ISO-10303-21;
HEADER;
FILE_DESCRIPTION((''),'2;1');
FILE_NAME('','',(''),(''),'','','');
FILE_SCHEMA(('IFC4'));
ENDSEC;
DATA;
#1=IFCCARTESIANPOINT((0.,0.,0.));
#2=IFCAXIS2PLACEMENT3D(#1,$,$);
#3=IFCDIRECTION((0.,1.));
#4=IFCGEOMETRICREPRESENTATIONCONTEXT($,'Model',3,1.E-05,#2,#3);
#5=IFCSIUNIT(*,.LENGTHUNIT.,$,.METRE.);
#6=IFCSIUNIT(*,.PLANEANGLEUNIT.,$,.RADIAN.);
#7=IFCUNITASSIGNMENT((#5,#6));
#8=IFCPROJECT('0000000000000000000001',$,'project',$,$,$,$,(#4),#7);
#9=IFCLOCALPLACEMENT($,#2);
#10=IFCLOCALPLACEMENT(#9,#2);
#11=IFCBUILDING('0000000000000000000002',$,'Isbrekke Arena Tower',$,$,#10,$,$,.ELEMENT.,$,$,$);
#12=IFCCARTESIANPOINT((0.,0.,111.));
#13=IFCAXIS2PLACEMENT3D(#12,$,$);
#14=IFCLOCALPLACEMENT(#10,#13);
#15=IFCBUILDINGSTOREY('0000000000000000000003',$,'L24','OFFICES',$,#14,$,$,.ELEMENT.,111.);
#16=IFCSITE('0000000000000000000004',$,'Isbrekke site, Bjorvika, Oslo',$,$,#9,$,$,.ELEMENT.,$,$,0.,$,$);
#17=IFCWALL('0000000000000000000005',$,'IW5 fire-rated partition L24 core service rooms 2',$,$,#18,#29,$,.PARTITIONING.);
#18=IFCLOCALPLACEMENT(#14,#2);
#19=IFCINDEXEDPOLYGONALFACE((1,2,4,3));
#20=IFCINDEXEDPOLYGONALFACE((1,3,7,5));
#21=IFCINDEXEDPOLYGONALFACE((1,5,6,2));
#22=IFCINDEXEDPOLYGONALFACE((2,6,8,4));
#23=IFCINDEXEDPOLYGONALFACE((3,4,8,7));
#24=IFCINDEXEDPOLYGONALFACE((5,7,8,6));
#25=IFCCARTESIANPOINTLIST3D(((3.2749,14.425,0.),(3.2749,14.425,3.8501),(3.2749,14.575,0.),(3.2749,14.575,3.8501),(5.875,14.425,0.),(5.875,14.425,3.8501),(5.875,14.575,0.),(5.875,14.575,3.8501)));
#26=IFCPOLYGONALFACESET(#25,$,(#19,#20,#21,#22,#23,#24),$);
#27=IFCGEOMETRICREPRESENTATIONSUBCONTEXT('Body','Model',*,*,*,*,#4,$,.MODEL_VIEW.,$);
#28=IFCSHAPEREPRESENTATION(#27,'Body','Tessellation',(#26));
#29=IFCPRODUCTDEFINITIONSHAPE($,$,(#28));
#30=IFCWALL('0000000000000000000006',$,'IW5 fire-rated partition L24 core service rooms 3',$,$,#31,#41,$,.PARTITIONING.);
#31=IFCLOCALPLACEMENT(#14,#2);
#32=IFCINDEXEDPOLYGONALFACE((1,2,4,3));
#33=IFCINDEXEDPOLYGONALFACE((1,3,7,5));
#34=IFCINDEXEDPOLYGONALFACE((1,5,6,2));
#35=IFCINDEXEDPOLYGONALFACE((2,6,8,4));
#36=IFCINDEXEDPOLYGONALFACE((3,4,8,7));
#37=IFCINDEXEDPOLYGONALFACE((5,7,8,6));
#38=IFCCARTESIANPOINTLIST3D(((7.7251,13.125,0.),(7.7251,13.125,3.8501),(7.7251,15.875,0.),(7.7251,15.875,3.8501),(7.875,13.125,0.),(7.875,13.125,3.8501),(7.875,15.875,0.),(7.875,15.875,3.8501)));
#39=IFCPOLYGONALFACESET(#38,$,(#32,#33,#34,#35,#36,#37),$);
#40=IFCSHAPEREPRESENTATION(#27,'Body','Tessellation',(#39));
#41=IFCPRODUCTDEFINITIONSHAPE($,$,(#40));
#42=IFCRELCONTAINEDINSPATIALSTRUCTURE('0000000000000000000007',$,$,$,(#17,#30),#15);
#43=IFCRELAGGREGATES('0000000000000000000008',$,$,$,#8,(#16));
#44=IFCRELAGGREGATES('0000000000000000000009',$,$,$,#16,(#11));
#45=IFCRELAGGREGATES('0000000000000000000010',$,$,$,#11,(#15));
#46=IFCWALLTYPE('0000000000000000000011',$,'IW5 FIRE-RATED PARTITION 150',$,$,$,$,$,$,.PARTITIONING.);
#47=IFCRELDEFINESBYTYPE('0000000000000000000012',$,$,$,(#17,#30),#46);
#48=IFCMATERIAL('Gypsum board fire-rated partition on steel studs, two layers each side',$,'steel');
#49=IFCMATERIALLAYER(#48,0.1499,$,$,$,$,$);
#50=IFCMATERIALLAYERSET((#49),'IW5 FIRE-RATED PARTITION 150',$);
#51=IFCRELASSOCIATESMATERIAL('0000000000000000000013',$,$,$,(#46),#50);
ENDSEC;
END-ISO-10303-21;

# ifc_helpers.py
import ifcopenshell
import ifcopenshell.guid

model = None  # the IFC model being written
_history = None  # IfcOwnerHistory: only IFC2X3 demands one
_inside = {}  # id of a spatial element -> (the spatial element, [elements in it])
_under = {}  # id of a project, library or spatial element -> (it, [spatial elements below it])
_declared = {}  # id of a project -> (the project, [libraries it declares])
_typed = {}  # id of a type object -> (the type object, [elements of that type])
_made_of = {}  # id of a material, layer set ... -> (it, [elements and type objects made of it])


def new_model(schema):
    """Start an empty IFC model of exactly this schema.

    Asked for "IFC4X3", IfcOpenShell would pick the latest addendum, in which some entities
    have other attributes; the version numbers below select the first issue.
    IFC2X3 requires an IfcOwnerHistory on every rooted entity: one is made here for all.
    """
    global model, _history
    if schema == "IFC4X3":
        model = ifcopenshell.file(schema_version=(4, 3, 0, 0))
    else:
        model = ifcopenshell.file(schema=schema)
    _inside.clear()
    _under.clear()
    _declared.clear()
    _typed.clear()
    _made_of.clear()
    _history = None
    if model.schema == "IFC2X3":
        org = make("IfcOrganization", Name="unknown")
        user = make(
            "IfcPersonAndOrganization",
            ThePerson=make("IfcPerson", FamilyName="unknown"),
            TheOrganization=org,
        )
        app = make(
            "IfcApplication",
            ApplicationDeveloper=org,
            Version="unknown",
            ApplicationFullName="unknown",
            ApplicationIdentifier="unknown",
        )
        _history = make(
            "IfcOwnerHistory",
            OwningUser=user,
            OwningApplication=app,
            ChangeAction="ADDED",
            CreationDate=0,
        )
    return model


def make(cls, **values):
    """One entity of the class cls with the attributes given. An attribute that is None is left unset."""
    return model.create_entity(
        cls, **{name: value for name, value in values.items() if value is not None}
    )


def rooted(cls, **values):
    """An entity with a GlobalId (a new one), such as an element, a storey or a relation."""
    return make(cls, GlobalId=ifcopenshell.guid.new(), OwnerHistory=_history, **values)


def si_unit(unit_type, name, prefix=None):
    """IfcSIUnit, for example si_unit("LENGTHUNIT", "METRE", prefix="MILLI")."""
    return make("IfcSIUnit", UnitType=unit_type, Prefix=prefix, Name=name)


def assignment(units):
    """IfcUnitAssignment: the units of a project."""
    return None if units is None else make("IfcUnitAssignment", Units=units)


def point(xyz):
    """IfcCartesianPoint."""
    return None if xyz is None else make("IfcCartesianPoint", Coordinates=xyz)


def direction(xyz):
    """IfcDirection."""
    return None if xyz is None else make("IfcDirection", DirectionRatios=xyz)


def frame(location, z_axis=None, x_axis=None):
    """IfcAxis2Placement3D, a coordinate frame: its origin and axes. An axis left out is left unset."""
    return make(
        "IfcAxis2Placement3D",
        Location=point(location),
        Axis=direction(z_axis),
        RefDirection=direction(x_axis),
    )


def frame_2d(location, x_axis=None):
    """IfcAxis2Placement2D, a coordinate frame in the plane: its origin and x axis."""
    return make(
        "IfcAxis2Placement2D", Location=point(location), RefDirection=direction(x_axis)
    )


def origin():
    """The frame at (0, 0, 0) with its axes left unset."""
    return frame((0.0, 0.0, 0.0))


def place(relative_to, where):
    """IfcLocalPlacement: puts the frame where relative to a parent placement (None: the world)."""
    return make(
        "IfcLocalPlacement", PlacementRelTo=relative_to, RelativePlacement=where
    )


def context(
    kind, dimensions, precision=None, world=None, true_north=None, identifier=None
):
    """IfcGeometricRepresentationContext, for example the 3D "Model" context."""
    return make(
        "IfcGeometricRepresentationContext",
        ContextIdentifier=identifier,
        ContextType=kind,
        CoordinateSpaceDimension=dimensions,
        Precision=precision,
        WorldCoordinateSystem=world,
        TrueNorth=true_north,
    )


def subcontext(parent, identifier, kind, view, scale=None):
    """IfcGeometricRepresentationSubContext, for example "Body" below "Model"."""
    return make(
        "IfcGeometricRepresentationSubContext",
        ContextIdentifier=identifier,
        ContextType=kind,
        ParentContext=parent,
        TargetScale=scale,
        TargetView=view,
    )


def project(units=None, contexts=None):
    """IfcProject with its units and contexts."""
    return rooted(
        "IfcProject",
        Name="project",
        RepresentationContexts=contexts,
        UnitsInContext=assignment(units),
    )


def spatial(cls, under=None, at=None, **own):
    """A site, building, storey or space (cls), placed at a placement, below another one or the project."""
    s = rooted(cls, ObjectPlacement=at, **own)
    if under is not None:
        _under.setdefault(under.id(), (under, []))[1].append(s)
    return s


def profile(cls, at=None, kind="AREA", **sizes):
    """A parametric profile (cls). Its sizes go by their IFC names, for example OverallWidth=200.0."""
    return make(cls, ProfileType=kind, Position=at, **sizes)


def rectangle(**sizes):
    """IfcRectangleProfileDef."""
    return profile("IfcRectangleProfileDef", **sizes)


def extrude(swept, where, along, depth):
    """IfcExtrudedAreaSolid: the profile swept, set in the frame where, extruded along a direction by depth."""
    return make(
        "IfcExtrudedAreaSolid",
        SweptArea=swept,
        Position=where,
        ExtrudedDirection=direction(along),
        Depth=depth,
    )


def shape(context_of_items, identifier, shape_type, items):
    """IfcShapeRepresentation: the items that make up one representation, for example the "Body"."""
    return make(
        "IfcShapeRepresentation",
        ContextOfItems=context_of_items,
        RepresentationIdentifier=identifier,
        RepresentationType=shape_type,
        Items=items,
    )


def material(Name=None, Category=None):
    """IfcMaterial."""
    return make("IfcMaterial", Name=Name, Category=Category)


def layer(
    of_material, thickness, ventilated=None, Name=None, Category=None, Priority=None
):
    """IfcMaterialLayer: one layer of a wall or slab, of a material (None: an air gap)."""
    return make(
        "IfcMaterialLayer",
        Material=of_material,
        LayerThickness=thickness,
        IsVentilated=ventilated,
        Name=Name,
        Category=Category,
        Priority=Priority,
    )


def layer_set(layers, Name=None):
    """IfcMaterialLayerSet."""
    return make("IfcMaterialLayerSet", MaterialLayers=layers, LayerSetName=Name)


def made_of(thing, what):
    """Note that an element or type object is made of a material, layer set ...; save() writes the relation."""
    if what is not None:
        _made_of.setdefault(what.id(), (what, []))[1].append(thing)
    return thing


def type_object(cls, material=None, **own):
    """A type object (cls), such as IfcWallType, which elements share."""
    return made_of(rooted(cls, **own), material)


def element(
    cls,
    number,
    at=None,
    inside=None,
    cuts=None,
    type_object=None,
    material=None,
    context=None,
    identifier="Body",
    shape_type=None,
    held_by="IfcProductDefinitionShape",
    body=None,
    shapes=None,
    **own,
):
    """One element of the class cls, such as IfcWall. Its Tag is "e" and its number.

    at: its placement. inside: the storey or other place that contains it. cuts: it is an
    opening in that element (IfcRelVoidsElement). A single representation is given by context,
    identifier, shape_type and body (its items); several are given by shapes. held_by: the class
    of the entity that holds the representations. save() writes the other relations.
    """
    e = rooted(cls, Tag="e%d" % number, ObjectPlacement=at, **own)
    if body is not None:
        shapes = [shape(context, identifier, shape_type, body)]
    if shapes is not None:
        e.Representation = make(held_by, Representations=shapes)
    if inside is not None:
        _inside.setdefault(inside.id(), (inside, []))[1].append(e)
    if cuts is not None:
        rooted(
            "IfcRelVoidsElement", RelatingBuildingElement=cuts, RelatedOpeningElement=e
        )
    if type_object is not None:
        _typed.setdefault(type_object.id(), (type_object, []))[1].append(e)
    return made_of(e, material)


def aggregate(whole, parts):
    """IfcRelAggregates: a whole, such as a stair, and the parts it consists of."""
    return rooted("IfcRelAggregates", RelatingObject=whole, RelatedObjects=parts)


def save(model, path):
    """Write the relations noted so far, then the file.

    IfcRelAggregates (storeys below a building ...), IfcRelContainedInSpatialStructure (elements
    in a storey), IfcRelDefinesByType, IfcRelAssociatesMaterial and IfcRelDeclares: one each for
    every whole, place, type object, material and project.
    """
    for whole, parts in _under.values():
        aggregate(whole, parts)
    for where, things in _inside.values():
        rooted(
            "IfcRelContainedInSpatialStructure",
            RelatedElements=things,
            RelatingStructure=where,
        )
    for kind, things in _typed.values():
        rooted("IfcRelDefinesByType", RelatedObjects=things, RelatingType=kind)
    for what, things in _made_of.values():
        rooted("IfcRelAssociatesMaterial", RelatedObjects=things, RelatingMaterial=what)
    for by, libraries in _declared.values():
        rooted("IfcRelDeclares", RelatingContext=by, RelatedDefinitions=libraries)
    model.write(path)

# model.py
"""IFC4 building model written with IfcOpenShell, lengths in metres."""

from ifc_helpers import new_model, si_unit, direction, frame, frame_2d, origin, place, context, subcontext, project, spatial, rectangle, extrude, material, layer, layer_set, type_object, element, save


model = new_model("IFC4")

# Units and contexts
model_context = context("Model", 3, precision=1e-05, world=origin(), true_north=direction((0.0, 1.0)))
body_context = subcontext(model_context, "Body", "Model", "MODEL_VIEW")
ifc_project = project(units=[si_unit("LENGTHUNIT", "METRE"), si_unit("PLANEANGLEUNIT", "RADIAN")], contexts=[model_context])

# Site, building, storey
site_placement = place(None, origin())
site = spatial("IfcSite", under=ifc_project, at=site_placement, Name="Isbrekke site, Bjorvika, Oslo", CompositionType="ELEMENT", RefElevation=0.0)
building_placement = place(site_placement, origin())
building = spatial("IfcBuilding", under=site, at=building_placement, Name="Isbrekke Arena Tower", CompositionType="ELEMENT")
storey_placement = place(building_placement, frame((0.0, 0.0, 111.0)))
storey = spatial("IfcBuildingStorey", under=building, at=storey_placement, Name="L24", Description="OFFICES", CompositionType="ELEMENT", Elevation=111.0)

# Walls
ifc_material_1 = material(Name="Gypsum board fire-rated partition on steel studs, two layers each side", Category="steel")
ifc_layer_1 = layer(ifc_material_1, 0.1499)
ifc_layer_set_1 = layer_set([ifc_layer_1], Name="IW5 FIRE-RATED PARTITION 150")
wall_type_1 = type_object("IfcWallType", Name="IW5 FIRE-RATED PARTITION 150", PredefinedType="PARTITIONING", material=ifc_layer_set_1)
wall_1_placement = place(storey_placement, frame((3.2749, 14.5, 0.0), z_axis=(0.0, 0.0, 1.0), x_axis=(1.0, 0.0, 0.0)))
element("IfcWall", 1, at=wall_1_placement, inside=storey, type_object=wall_type_1, Name="IW5 fire-rated partition L24 core service rooms 2", PredefinedType="PARTITIONING", context=body_context, shape_type="SweptSolid", body=[
    extrude(rectangle(XDim=2.6001, YDim=0.1499, at=frame_2d((1.3, 0.0))), origin(), (0.0, 0.0, 1.0), 3.8501),
])
wall_2_placement = place(storey_placement, frame((7.8, 13.125, 0.0), z_axis=(0.0, 0.0, 1.0), x_axis=(0.0, 1.0, 0.0)))
element("IfcWall", 2, at=wall_2_placement, inside=storey, type_object=wall_type_1, Name="IW5 fire-rated partition L24 core service rooms 3", PredefinedType="PARTITIONING", context=body_context, shape_type="SweptSolid", body=[
    extrude(rectangle(XDim=2.75, YDim=0.1499, at=frame_2d((1.375, 0.0))), origin(), (0.0, 0.0, 1.0), 3.8501),
])

save(model, "model.ifc")
